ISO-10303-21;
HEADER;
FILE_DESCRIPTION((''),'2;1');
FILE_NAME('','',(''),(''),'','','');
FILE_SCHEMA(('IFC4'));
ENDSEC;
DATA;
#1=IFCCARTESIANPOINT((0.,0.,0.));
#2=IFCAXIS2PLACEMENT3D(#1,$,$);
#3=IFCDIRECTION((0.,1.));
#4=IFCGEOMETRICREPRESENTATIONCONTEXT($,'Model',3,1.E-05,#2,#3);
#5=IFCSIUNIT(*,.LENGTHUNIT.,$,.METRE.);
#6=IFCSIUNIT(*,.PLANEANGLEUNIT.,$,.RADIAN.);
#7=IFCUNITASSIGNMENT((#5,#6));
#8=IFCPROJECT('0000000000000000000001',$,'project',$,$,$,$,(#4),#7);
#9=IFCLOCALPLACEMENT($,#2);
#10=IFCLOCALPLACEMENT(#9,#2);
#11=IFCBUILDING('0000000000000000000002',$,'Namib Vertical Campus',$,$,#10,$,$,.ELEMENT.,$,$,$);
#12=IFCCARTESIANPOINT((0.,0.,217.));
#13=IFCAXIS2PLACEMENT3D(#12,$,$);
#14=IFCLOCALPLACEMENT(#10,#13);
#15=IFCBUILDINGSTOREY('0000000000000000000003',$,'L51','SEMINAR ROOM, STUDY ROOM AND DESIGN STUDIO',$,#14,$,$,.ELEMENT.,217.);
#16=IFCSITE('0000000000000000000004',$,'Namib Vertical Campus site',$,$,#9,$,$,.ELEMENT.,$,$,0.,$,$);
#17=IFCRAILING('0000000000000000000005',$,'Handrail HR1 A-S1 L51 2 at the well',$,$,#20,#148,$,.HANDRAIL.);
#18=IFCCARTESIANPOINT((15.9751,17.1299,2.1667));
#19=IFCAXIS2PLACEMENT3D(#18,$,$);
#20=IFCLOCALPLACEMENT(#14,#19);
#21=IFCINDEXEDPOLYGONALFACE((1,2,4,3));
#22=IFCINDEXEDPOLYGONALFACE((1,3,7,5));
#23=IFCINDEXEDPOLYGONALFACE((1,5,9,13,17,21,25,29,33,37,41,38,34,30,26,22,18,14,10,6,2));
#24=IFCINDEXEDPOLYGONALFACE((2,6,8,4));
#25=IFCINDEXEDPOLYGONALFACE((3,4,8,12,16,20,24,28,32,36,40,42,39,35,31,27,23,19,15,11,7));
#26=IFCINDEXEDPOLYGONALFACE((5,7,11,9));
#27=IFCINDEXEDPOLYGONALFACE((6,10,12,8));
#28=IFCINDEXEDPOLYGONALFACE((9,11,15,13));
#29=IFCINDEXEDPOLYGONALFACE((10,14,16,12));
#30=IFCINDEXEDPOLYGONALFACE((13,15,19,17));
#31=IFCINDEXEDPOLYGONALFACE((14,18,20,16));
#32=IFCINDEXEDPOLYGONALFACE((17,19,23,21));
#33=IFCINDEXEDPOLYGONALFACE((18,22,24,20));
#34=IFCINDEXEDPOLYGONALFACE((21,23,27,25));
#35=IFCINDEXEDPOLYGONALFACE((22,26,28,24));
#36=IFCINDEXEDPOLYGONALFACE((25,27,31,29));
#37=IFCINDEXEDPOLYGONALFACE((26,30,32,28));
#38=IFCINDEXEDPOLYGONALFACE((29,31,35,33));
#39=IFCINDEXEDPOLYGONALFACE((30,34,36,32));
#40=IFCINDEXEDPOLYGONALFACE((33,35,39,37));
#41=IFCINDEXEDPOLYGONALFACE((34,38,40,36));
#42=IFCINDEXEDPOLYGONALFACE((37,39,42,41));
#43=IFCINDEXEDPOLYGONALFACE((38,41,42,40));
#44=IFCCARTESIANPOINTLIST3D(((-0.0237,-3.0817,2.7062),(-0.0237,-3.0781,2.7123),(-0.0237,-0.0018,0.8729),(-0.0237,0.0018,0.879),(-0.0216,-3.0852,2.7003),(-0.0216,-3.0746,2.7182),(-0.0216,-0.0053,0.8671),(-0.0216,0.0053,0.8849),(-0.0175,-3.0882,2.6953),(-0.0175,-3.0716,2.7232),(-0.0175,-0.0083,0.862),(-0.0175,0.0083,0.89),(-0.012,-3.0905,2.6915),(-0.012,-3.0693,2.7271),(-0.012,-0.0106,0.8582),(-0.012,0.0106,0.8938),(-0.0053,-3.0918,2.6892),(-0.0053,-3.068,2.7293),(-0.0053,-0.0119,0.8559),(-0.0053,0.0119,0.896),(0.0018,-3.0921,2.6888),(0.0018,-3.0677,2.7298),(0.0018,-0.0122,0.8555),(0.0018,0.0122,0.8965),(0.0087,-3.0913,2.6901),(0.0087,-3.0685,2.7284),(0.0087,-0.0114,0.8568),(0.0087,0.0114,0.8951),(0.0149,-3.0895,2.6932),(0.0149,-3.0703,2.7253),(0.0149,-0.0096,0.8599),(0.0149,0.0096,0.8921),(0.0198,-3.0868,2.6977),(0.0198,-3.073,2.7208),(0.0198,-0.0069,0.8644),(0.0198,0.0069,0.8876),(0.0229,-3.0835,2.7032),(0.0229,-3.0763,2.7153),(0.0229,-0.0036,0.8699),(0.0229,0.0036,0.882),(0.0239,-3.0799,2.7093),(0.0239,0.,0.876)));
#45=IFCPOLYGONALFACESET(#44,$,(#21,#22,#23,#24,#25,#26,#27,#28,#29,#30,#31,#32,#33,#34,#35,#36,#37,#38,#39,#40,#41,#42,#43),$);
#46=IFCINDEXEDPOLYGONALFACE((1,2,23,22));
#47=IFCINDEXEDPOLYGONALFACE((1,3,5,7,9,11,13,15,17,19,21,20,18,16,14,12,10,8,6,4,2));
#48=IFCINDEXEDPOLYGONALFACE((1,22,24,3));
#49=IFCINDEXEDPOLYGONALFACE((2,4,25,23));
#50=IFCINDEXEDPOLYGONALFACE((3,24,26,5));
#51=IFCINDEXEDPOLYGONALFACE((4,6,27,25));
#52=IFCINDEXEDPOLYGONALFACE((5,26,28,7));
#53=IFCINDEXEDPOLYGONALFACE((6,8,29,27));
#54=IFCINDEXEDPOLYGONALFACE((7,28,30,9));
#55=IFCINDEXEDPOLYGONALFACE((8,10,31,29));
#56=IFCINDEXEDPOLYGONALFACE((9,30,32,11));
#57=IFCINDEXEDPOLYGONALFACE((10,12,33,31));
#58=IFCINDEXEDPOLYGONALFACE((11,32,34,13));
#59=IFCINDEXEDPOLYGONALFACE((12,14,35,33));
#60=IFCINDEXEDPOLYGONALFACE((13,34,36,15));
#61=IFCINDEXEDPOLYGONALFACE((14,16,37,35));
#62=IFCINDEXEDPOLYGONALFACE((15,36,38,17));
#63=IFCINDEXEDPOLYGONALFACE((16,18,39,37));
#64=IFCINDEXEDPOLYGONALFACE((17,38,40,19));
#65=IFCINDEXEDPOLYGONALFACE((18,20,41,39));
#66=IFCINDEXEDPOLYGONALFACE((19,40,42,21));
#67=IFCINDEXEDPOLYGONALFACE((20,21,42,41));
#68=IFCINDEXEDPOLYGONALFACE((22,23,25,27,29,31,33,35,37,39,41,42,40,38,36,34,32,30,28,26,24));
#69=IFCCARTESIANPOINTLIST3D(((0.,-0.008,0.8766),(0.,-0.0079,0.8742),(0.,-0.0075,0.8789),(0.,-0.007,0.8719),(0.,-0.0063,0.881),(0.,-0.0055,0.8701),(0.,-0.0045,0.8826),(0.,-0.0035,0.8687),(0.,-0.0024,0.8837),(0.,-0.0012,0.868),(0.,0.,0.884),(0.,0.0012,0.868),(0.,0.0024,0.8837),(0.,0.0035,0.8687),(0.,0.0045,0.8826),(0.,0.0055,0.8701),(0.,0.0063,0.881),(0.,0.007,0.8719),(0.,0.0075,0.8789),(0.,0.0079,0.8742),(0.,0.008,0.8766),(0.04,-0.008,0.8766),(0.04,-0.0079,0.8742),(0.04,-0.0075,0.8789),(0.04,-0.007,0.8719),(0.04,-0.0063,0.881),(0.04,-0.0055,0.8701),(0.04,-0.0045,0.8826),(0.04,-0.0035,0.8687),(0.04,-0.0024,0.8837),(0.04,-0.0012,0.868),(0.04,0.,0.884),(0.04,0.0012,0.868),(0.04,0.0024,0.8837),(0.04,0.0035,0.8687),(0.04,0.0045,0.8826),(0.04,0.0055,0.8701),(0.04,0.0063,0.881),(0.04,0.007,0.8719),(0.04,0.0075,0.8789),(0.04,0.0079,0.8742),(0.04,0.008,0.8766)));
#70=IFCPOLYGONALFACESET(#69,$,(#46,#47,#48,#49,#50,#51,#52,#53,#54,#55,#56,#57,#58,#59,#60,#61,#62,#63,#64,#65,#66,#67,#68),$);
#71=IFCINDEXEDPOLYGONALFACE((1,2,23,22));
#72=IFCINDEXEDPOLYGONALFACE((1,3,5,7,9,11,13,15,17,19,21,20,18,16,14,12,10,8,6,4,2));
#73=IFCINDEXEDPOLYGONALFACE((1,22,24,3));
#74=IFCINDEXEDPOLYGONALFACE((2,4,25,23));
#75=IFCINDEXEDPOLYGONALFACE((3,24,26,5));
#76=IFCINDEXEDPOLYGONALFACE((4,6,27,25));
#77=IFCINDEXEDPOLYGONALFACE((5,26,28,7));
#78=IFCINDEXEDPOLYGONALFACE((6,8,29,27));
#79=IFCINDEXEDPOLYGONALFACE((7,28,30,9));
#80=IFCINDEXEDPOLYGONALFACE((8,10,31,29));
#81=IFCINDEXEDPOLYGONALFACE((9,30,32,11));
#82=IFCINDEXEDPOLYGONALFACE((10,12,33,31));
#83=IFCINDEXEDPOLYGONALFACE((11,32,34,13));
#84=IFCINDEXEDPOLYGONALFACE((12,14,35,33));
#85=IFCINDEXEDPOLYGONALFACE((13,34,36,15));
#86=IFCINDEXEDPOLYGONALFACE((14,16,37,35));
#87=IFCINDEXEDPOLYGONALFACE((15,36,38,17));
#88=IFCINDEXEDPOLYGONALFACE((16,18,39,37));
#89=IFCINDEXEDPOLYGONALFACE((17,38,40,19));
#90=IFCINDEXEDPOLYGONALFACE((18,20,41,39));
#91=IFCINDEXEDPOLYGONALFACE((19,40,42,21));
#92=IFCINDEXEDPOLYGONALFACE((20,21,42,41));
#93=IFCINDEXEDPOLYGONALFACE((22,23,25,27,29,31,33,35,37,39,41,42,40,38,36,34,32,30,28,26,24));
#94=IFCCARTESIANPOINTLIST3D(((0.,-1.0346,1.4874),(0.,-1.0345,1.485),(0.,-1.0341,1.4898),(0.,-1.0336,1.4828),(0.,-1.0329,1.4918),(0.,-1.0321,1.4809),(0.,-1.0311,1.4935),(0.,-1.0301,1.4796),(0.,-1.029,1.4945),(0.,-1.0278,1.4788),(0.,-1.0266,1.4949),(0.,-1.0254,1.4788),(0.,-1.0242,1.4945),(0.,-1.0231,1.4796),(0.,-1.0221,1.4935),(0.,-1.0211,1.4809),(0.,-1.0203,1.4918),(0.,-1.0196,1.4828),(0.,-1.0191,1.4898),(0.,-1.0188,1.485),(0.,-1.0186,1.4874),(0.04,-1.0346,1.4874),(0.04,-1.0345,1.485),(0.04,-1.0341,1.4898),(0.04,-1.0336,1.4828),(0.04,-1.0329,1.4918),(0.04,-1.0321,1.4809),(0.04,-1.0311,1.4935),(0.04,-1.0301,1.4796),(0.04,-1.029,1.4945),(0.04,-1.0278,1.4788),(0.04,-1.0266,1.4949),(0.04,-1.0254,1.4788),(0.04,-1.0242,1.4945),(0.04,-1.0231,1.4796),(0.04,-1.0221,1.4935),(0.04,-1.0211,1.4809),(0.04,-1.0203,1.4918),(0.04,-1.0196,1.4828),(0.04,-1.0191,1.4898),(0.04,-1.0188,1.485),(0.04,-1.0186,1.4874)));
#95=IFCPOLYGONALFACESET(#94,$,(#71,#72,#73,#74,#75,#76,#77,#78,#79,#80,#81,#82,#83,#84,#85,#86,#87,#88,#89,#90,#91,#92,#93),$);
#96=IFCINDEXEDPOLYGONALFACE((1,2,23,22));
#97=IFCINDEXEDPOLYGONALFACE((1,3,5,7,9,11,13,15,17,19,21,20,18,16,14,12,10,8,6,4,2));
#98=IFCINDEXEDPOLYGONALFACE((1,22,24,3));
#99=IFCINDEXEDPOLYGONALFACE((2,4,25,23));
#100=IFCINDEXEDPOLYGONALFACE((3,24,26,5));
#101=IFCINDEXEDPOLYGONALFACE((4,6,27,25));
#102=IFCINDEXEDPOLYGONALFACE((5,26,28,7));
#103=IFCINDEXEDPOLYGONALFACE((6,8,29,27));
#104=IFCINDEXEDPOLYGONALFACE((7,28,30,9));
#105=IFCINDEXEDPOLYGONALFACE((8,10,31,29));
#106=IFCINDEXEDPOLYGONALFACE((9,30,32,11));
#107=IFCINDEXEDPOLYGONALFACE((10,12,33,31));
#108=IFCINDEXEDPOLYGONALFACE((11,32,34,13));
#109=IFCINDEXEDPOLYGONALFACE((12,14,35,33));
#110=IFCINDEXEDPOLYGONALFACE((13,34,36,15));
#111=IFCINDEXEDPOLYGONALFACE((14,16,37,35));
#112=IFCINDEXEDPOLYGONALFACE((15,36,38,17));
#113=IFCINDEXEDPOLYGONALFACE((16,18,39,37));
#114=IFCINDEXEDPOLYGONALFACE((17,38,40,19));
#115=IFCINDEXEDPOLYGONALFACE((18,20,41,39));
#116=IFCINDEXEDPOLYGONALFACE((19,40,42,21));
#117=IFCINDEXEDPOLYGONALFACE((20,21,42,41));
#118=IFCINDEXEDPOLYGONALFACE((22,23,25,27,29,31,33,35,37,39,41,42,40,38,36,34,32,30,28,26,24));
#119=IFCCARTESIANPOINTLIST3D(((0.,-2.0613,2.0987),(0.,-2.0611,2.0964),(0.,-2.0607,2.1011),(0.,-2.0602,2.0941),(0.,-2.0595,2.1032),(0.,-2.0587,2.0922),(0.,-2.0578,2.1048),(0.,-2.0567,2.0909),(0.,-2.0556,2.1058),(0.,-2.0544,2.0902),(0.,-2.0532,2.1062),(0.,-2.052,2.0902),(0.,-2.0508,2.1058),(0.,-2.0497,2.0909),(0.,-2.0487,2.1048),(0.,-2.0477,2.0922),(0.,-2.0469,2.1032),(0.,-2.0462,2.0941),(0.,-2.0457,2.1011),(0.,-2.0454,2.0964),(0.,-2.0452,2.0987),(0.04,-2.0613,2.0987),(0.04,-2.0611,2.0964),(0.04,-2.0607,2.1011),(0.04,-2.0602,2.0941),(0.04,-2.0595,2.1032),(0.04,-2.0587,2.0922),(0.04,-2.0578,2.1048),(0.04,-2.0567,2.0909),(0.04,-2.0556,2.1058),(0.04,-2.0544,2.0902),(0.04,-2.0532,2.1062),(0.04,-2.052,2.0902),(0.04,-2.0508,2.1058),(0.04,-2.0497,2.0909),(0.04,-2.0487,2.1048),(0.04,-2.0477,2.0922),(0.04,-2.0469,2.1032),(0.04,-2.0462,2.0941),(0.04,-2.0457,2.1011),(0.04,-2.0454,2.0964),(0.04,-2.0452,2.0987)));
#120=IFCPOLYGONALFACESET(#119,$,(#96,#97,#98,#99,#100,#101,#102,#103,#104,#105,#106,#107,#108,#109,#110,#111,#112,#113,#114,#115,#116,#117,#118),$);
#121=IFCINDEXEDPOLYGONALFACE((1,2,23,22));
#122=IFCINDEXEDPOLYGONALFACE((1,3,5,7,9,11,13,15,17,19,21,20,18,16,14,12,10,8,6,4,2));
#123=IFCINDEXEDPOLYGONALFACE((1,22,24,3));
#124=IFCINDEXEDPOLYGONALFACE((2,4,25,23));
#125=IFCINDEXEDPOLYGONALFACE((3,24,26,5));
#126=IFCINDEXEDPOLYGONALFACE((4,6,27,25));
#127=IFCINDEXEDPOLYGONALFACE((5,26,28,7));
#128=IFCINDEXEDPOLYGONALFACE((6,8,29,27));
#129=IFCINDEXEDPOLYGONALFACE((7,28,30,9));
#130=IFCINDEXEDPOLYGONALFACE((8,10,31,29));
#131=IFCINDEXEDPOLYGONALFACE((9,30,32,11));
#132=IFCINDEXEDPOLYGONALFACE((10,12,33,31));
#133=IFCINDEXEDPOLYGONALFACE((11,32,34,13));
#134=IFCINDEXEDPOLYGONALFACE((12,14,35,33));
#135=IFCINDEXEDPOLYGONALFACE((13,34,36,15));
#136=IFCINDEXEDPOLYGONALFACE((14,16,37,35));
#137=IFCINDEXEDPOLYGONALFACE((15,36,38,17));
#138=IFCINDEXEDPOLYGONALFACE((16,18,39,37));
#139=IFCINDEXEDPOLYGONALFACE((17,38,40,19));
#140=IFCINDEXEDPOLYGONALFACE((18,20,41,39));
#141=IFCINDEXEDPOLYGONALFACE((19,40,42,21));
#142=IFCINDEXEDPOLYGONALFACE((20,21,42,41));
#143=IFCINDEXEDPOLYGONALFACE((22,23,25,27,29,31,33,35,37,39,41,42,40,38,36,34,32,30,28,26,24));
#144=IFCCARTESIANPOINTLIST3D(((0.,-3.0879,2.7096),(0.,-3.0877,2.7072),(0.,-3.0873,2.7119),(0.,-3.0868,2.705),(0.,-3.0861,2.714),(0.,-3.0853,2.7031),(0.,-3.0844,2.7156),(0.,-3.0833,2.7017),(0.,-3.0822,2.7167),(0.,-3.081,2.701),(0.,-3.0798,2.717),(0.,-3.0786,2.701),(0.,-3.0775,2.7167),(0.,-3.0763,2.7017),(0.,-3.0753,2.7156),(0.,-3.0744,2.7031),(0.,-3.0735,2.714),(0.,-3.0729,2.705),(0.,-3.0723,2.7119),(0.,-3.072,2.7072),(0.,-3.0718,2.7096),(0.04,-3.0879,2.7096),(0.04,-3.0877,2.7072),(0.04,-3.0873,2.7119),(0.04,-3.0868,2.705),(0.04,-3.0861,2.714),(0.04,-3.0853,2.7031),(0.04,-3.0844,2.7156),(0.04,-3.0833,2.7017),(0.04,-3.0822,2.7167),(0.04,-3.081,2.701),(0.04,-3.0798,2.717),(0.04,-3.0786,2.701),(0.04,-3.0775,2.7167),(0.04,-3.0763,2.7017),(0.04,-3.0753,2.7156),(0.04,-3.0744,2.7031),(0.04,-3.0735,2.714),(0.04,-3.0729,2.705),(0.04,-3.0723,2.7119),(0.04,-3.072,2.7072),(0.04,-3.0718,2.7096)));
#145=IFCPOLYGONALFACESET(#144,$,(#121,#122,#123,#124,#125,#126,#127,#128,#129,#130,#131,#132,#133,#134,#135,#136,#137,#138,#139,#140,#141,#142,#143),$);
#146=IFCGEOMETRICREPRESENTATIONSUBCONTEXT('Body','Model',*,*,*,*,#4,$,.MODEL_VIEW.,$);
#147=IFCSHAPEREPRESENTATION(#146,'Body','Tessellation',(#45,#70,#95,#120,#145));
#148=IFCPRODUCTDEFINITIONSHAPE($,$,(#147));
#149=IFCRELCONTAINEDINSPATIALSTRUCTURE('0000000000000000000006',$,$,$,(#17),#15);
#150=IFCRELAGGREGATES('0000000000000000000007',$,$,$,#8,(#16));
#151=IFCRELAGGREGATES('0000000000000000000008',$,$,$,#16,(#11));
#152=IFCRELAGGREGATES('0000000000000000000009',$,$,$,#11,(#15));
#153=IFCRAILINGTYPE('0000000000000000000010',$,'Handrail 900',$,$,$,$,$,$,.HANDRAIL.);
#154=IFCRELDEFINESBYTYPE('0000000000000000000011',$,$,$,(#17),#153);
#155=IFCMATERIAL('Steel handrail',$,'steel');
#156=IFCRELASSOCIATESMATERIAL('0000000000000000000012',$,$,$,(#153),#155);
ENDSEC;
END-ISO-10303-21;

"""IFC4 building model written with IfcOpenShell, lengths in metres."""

from ifc_helpers import new_model, si_unit, direction, frame, origin, origin_2d, place, context, subcontext, project, spatial, circle, extrude, material, type_object, element, save


model = new_model("IFC4")

# Units and contexts
model_context = context("Model", 3, precision=1e-05, world=origin(), true_north=direction((0.0, 1.0)))
body_context = subcontext(model_context, "Body", "Model", "MODEL_VIEW")
ifc_project = project(units=[si_unit("LENGTHUNIT", "METRE"), si_unit("PLANEANGLEUNIT", "RADIAN")], contexts=[model_context])

# Site, building, storey
site_placement = place(None, origin())
site = spatial("IfcSite", under=ifc_project, at=site_placement, Name="Namib Vertical Campus site", CompositionType="ELEMENT", RefElevation=0.0)
building_placement = place(site_placement, origin())
building = spatial("IfcBuilding", under=site, at=building_placement, Name="Namib Vertical Campus", CompositionType="ELEMENT")
storey_placement = place(building_placement, frame((0.0, 0.0, 217.0)))
storey = spatial("IfcBuildingStorey", under=building, at=storey_placement, Name="L51", Description="SEMINAR ROOM, STUDY ROOM AND DESIGN STUDIO", CompositionType="ELEMENT", Elevation=217.0)

# Railing
ifc_material_1 = material(Name="Steel handrail", Category="steel")
railing_type_1 = type_object("IfcRailingType", Name="Handrail 900", PredefinedType="HANDRAIL", material=ifc_material_1)
railing_1_placement = place(storey_placement, frame((15.9751, 17.1299, 2.1667)))
element("IfcRailing", 1, at=railing_1_placement, inside=storey, type_object=railing_type_1, Name="Handrail HR1 A-S1 L51 2 at the well", PredefinedType="HANDRAIL", context=body_context, shape_type="SweptSolid", body=[
    extrude(circle(Radius=0.0239, at=origin_2d()), frame((0.0, 0.0, 0.876), z_axis=(0.0, -0.859291, 0.511487), x_axis=(1.0, 0.0, 0.0)), (0.0, 0.0, 1.0), 3.5842),
    extrude(circle(Radius=0.0081, at=origin_2d()), frame((0.0, 0.0, 0.876), z_axis=(1.0, 0.0, 0.0), x_axis=(0.0, 0.0, 1.0)), (0.0, 0.0, 1.0), 0.04),
    extrude(circle(Radius=0.0081, at=origin_2d()), frame((0.0, -1.0266, 1.4868), z_axis=(1.0, 0.0, 0.0), x_axis=(0.0, 0.0, 1.0)), (0.0, 0.0, 1.0), 0.04),
    extrude(circle(Radius=0.0081, at=origin_2d()), frame((0.0, -2.0532, 2.0981), z_axis=(1.0, 0.0, 0.0), x_axis=(0.0, 0.0, 1.0)), (0.0, 0.0, 1.0), 0.04),
    extrude(circle(Radius=0.0081, at=origin_2d()), frame((0.0, -3.0798, 2.709), z_axis=(1.0, 0.0, 0.0), x_axis=(0.0, 0.0, 1.0)), (0.0, 0.0, 1.0), 0.04),
])

save(model, "model.ifc")
